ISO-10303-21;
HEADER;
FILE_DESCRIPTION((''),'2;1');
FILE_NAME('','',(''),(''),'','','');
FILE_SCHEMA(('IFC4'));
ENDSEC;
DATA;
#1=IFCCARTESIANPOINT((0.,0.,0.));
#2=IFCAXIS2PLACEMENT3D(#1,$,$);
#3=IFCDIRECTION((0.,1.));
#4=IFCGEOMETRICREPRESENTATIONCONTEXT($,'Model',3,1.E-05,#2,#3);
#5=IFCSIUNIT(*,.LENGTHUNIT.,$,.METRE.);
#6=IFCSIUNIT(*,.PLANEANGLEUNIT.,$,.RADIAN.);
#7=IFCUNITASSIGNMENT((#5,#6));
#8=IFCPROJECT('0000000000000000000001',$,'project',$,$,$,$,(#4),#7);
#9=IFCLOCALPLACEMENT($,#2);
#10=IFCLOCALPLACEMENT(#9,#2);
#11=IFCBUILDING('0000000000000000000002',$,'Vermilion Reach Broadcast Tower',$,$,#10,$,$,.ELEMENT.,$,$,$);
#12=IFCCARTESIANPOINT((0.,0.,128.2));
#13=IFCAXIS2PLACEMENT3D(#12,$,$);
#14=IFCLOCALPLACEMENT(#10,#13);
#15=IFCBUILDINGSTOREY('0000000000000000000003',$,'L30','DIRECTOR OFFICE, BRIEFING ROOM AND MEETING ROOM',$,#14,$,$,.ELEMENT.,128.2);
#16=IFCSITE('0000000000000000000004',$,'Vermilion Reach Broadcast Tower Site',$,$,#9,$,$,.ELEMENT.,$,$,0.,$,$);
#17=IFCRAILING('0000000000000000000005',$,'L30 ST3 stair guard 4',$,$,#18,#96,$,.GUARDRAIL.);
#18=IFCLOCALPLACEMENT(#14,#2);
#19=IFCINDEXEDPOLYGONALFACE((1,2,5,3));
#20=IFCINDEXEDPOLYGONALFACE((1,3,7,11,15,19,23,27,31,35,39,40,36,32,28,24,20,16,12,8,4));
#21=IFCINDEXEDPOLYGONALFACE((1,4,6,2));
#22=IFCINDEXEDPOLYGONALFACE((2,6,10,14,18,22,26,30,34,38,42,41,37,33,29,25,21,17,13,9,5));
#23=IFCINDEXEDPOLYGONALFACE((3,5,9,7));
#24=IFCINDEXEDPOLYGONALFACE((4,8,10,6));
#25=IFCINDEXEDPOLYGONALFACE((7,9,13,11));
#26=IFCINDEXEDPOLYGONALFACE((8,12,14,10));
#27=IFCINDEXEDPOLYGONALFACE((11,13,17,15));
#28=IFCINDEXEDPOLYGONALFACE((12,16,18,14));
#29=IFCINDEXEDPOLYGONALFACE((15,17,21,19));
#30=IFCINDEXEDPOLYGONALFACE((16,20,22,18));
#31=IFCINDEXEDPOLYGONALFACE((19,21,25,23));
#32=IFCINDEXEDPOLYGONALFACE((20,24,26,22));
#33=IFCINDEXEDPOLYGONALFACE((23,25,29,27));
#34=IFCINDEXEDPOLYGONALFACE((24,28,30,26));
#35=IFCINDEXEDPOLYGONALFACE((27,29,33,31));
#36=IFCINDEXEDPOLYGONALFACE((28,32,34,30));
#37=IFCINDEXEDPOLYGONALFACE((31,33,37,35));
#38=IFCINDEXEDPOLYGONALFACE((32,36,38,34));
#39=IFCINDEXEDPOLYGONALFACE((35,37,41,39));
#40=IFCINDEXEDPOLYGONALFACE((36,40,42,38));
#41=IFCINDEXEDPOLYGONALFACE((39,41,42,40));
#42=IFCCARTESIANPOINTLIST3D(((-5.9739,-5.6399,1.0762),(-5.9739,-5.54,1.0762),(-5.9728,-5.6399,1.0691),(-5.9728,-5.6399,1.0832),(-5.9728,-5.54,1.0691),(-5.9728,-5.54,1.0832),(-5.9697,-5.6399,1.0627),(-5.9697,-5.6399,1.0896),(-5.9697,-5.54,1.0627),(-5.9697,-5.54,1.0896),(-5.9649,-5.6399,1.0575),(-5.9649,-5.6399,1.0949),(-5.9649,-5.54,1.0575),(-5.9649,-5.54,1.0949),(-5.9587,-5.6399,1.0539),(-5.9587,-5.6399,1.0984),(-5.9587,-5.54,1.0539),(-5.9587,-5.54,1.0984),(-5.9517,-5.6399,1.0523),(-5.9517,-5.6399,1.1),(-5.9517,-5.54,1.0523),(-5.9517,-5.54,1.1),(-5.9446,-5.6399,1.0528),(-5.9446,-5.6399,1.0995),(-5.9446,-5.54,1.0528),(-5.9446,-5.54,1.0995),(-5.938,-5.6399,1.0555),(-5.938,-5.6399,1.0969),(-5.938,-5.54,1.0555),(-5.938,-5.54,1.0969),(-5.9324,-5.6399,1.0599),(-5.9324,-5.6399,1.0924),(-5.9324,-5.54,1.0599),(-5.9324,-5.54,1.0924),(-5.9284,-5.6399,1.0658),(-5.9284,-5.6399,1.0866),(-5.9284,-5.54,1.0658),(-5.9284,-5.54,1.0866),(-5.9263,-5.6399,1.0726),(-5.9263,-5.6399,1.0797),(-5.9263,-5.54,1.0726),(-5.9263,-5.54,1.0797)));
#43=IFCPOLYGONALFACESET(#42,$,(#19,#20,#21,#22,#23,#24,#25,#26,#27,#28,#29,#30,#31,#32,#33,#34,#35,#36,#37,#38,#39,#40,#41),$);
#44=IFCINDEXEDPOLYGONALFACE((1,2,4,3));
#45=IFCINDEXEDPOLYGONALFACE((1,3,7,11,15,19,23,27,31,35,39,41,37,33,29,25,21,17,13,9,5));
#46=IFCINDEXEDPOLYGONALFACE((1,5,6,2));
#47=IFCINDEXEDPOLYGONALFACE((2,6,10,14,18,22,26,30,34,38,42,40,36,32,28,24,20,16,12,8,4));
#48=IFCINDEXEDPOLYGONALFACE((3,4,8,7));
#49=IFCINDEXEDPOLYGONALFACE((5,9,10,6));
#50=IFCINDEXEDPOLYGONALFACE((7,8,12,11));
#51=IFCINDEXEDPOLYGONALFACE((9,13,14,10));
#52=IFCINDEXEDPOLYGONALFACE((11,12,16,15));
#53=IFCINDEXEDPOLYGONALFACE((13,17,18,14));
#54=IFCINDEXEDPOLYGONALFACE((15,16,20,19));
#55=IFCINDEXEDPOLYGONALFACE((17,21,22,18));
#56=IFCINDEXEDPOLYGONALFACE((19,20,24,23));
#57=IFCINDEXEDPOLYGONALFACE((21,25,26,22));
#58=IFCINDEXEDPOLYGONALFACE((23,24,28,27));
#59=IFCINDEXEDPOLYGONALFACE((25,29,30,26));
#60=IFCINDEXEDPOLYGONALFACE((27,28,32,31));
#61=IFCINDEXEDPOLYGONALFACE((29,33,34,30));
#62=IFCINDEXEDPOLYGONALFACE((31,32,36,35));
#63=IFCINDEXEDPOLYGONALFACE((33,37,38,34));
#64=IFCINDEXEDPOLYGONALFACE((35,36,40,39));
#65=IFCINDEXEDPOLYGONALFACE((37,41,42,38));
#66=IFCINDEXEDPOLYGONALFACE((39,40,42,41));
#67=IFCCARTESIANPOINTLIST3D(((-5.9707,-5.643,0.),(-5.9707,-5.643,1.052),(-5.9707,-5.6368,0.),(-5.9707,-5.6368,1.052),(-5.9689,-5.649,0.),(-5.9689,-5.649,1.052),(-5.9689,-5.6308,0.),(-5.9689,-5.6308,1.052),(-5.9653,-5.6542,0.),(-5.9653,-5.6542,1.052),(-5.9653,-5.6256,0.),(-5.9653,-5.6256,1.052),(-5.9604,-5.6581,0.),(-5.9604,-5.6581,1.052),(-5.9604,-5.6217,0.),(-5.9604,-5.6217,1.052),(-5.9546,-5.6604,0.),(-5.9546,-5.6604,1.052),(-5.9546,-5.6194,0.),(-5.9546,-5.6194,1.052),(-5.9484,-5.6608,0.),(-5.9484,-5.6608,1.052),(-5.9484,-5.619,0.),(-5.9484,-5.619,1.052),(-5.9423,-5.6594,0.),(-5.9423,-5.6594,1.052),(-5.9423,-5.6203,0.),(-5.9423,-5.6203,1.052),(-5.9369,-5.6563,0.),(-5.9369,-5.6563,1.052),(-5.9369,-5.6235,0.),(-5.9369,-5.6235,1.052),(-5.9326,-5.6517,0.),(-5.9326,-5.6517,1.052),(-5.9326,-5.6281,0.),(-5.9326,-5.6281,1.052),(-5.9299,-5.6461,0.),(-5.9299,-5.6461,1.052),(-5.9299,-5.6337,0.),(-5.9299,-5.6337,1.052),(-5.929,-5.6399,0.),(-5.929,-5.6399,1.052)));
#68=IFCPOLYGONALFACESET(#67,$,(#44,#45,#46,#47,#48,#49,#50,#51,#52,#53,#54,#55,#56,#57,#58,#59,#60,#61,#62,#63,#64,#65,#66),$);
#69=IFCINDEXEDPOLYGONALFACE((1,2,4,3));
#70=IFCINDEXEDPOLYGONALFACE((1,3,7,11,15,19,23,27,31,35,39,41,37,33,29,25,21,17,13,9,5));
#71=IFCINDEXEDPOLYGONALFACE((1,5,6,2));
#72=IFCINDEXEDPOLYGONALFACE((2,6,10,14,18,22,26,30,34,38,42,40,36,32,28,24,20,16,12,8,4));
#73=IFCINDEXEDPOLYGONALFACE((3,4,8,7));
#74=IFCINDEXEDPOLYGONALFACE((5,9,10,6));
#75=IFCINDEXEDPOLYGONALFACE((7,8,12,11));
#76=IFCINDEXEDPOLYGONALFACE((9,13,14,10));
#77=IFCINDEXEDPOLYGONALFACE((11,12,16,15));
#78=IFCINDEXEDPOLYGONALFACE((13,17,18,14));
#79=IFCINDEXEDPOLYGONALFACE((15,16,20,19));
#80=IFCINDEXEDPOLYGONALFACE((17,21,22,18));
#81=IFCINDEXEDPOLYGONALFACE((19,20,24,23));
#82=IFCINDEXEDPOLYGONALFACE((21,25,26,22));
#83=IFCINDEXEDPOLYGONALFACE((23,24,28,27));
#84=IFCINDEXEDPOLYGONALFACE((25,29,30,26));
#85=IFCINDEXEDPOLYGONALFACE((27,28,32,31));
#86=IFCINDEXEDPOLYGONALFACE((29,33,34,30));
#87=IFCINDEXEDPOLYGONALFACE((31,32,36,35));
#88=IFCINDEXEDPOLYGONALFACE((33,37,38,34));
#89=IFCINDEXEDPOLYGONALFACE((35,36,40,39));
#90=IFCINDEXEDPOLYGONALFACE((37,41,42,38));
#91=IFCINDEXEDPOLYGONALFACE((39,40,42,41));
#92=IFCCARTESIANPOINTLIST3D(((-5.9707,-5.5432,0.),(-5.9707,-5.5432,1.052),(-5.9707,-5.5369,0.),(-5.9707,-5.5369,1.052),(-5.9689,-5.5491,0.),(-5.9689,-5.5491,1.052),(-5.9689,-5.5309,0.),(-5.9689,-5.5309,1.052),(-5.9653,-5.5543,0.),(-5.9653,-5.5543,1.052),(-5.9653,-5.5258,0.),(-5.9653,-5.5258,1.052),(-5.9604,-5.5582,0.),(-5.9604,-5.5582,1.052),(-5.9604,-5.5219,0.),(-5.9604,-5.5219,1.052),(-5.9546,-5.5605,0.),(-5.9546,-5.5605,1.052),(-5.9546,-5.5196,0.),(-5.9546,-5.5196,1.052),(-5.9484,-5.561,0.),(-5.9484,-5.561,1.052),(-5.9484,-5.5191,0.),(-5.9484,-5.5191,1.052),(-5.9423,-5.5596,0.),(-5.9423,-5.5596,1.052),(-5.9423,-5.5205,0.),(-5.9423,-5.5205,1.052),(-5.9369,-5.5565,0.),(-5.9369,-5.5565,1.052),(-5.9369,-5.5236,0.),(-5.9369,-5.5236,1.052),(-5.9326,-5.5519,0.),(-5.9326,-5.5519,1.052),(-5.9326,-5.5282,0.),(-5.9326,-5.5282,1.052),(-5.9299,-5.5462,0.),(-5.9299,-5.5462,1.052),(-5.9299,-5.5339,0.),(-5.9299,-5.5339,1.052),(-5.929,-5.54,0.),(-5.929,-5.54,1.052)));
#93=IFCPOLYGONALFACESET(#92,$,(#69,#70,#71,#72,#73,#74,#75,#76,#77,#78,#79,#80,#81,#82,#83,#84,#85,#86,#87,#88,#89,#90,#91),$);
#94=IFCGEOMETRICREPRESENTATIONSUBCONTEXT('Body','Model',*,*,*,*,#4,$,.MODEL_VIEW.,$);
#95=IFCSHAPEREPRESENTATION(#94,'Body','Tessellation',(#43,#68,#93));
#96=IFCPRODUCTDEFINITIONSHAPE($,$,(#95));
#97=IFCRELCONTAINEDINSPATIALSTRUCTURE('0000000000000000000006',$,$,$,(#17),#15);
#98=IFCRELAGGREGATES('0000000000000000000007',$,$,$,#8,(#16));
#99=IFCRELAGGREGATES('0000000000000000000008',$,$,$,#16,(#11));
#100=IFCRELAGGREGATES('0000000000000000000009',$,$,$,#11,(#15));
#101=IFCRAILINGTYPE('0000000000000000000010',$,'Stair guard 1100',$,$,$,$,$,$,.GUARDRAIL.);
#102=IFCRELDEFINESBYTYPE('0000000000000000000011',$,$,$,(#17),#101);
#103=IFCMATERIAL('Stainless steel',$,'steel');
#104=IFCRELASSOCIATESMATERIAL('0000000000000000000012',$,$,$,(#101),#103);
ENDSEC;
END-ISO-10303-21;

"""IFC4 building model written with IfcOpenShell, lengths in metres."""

from ifc_helpers import new_model, si_unit, direction, frame, origin, origin_2d, place, context, subcontext, project, spatial, circle, extrude, material, type_object, element, save


model = new_model("IFC4")

# Units and contexts
model_context = context("Model", 3, precision=1e-05, world=origin(), true_north=direction((0.0, 1.0)))
body_context = subcontext(model_context, "Body", "Model", "MODEL_VIEW")
ifc_project = project(units=[si_unit("LENGTHUNIT", "METRE"), si_unit("PLANEANGLEUNIT", "RADIAN")], contexts=[model_context])

# Site, building, storey
site_placement = place(None, origin())
site = spatial("IfcSite", under=ifc_project, at=site_placement, Name="Vermilion Reach Broadcast Tower Site", CompositionType="ELEMENT", RefElevation=0.0)
building_placement = place(site_placement, origin())
building = spatial("IfcBuilding", under=site, at=building_placement, Name="Vermilion Reach Broadcast Tower", CompositionType="ELEMENT")
storey_placement = place(building_placement, frame((0.0, 0.0, 128.2)))
storey = spatial("IfcBuildingStorey", under=building, at=storey_placement, Name="L30", Description="DIRECTOR OFFICE, BRIEFING ROOM AND MEETING ROOM", CompositionType="ELEMENT", Elevation=128.2)

# Railing
ifc_material_1 = material(Name="Stainless steel", Category="steel")
railing_type_1 = type_object("IfcRailingType", Name="Stair guard 1100", PredefinedType="GUARDRAIL", material=ifc_material_1)
railing_1_placement = place(storey_placement, frame((-5.95, -5.6399, 0.0)))
element("IfcRailing", 1, at=railing_1_placement, inside=storey, type_object=railing_type_1, Name="L30 ST3 stair guard 4", PredefinedType="GUARDRAIL", context=body_context, shape_type="SweptSolid", body=[
    extrude(circle(Radius=0.0239, at=origin_2d()), frame((0.0, 0.0, 1.0762), z_axis=(0.0, 1.0, 0.0), x_axis=(-1.0, 0.0, 0.0)), (0.0, 0.0, 1.0), 0.0999),
    extrude(circle(Radius=0.021, at=origin_2d()), origin(), (0.0, 0.0, 1.0), 1.052),
    extrude(circle(Radius=0.021, at=origin_2d()), frame((0.0, 0.0999, 0.0)), (0.0, 0.0, 1.0), 1.052),
])

save(model, "model.ifc")
